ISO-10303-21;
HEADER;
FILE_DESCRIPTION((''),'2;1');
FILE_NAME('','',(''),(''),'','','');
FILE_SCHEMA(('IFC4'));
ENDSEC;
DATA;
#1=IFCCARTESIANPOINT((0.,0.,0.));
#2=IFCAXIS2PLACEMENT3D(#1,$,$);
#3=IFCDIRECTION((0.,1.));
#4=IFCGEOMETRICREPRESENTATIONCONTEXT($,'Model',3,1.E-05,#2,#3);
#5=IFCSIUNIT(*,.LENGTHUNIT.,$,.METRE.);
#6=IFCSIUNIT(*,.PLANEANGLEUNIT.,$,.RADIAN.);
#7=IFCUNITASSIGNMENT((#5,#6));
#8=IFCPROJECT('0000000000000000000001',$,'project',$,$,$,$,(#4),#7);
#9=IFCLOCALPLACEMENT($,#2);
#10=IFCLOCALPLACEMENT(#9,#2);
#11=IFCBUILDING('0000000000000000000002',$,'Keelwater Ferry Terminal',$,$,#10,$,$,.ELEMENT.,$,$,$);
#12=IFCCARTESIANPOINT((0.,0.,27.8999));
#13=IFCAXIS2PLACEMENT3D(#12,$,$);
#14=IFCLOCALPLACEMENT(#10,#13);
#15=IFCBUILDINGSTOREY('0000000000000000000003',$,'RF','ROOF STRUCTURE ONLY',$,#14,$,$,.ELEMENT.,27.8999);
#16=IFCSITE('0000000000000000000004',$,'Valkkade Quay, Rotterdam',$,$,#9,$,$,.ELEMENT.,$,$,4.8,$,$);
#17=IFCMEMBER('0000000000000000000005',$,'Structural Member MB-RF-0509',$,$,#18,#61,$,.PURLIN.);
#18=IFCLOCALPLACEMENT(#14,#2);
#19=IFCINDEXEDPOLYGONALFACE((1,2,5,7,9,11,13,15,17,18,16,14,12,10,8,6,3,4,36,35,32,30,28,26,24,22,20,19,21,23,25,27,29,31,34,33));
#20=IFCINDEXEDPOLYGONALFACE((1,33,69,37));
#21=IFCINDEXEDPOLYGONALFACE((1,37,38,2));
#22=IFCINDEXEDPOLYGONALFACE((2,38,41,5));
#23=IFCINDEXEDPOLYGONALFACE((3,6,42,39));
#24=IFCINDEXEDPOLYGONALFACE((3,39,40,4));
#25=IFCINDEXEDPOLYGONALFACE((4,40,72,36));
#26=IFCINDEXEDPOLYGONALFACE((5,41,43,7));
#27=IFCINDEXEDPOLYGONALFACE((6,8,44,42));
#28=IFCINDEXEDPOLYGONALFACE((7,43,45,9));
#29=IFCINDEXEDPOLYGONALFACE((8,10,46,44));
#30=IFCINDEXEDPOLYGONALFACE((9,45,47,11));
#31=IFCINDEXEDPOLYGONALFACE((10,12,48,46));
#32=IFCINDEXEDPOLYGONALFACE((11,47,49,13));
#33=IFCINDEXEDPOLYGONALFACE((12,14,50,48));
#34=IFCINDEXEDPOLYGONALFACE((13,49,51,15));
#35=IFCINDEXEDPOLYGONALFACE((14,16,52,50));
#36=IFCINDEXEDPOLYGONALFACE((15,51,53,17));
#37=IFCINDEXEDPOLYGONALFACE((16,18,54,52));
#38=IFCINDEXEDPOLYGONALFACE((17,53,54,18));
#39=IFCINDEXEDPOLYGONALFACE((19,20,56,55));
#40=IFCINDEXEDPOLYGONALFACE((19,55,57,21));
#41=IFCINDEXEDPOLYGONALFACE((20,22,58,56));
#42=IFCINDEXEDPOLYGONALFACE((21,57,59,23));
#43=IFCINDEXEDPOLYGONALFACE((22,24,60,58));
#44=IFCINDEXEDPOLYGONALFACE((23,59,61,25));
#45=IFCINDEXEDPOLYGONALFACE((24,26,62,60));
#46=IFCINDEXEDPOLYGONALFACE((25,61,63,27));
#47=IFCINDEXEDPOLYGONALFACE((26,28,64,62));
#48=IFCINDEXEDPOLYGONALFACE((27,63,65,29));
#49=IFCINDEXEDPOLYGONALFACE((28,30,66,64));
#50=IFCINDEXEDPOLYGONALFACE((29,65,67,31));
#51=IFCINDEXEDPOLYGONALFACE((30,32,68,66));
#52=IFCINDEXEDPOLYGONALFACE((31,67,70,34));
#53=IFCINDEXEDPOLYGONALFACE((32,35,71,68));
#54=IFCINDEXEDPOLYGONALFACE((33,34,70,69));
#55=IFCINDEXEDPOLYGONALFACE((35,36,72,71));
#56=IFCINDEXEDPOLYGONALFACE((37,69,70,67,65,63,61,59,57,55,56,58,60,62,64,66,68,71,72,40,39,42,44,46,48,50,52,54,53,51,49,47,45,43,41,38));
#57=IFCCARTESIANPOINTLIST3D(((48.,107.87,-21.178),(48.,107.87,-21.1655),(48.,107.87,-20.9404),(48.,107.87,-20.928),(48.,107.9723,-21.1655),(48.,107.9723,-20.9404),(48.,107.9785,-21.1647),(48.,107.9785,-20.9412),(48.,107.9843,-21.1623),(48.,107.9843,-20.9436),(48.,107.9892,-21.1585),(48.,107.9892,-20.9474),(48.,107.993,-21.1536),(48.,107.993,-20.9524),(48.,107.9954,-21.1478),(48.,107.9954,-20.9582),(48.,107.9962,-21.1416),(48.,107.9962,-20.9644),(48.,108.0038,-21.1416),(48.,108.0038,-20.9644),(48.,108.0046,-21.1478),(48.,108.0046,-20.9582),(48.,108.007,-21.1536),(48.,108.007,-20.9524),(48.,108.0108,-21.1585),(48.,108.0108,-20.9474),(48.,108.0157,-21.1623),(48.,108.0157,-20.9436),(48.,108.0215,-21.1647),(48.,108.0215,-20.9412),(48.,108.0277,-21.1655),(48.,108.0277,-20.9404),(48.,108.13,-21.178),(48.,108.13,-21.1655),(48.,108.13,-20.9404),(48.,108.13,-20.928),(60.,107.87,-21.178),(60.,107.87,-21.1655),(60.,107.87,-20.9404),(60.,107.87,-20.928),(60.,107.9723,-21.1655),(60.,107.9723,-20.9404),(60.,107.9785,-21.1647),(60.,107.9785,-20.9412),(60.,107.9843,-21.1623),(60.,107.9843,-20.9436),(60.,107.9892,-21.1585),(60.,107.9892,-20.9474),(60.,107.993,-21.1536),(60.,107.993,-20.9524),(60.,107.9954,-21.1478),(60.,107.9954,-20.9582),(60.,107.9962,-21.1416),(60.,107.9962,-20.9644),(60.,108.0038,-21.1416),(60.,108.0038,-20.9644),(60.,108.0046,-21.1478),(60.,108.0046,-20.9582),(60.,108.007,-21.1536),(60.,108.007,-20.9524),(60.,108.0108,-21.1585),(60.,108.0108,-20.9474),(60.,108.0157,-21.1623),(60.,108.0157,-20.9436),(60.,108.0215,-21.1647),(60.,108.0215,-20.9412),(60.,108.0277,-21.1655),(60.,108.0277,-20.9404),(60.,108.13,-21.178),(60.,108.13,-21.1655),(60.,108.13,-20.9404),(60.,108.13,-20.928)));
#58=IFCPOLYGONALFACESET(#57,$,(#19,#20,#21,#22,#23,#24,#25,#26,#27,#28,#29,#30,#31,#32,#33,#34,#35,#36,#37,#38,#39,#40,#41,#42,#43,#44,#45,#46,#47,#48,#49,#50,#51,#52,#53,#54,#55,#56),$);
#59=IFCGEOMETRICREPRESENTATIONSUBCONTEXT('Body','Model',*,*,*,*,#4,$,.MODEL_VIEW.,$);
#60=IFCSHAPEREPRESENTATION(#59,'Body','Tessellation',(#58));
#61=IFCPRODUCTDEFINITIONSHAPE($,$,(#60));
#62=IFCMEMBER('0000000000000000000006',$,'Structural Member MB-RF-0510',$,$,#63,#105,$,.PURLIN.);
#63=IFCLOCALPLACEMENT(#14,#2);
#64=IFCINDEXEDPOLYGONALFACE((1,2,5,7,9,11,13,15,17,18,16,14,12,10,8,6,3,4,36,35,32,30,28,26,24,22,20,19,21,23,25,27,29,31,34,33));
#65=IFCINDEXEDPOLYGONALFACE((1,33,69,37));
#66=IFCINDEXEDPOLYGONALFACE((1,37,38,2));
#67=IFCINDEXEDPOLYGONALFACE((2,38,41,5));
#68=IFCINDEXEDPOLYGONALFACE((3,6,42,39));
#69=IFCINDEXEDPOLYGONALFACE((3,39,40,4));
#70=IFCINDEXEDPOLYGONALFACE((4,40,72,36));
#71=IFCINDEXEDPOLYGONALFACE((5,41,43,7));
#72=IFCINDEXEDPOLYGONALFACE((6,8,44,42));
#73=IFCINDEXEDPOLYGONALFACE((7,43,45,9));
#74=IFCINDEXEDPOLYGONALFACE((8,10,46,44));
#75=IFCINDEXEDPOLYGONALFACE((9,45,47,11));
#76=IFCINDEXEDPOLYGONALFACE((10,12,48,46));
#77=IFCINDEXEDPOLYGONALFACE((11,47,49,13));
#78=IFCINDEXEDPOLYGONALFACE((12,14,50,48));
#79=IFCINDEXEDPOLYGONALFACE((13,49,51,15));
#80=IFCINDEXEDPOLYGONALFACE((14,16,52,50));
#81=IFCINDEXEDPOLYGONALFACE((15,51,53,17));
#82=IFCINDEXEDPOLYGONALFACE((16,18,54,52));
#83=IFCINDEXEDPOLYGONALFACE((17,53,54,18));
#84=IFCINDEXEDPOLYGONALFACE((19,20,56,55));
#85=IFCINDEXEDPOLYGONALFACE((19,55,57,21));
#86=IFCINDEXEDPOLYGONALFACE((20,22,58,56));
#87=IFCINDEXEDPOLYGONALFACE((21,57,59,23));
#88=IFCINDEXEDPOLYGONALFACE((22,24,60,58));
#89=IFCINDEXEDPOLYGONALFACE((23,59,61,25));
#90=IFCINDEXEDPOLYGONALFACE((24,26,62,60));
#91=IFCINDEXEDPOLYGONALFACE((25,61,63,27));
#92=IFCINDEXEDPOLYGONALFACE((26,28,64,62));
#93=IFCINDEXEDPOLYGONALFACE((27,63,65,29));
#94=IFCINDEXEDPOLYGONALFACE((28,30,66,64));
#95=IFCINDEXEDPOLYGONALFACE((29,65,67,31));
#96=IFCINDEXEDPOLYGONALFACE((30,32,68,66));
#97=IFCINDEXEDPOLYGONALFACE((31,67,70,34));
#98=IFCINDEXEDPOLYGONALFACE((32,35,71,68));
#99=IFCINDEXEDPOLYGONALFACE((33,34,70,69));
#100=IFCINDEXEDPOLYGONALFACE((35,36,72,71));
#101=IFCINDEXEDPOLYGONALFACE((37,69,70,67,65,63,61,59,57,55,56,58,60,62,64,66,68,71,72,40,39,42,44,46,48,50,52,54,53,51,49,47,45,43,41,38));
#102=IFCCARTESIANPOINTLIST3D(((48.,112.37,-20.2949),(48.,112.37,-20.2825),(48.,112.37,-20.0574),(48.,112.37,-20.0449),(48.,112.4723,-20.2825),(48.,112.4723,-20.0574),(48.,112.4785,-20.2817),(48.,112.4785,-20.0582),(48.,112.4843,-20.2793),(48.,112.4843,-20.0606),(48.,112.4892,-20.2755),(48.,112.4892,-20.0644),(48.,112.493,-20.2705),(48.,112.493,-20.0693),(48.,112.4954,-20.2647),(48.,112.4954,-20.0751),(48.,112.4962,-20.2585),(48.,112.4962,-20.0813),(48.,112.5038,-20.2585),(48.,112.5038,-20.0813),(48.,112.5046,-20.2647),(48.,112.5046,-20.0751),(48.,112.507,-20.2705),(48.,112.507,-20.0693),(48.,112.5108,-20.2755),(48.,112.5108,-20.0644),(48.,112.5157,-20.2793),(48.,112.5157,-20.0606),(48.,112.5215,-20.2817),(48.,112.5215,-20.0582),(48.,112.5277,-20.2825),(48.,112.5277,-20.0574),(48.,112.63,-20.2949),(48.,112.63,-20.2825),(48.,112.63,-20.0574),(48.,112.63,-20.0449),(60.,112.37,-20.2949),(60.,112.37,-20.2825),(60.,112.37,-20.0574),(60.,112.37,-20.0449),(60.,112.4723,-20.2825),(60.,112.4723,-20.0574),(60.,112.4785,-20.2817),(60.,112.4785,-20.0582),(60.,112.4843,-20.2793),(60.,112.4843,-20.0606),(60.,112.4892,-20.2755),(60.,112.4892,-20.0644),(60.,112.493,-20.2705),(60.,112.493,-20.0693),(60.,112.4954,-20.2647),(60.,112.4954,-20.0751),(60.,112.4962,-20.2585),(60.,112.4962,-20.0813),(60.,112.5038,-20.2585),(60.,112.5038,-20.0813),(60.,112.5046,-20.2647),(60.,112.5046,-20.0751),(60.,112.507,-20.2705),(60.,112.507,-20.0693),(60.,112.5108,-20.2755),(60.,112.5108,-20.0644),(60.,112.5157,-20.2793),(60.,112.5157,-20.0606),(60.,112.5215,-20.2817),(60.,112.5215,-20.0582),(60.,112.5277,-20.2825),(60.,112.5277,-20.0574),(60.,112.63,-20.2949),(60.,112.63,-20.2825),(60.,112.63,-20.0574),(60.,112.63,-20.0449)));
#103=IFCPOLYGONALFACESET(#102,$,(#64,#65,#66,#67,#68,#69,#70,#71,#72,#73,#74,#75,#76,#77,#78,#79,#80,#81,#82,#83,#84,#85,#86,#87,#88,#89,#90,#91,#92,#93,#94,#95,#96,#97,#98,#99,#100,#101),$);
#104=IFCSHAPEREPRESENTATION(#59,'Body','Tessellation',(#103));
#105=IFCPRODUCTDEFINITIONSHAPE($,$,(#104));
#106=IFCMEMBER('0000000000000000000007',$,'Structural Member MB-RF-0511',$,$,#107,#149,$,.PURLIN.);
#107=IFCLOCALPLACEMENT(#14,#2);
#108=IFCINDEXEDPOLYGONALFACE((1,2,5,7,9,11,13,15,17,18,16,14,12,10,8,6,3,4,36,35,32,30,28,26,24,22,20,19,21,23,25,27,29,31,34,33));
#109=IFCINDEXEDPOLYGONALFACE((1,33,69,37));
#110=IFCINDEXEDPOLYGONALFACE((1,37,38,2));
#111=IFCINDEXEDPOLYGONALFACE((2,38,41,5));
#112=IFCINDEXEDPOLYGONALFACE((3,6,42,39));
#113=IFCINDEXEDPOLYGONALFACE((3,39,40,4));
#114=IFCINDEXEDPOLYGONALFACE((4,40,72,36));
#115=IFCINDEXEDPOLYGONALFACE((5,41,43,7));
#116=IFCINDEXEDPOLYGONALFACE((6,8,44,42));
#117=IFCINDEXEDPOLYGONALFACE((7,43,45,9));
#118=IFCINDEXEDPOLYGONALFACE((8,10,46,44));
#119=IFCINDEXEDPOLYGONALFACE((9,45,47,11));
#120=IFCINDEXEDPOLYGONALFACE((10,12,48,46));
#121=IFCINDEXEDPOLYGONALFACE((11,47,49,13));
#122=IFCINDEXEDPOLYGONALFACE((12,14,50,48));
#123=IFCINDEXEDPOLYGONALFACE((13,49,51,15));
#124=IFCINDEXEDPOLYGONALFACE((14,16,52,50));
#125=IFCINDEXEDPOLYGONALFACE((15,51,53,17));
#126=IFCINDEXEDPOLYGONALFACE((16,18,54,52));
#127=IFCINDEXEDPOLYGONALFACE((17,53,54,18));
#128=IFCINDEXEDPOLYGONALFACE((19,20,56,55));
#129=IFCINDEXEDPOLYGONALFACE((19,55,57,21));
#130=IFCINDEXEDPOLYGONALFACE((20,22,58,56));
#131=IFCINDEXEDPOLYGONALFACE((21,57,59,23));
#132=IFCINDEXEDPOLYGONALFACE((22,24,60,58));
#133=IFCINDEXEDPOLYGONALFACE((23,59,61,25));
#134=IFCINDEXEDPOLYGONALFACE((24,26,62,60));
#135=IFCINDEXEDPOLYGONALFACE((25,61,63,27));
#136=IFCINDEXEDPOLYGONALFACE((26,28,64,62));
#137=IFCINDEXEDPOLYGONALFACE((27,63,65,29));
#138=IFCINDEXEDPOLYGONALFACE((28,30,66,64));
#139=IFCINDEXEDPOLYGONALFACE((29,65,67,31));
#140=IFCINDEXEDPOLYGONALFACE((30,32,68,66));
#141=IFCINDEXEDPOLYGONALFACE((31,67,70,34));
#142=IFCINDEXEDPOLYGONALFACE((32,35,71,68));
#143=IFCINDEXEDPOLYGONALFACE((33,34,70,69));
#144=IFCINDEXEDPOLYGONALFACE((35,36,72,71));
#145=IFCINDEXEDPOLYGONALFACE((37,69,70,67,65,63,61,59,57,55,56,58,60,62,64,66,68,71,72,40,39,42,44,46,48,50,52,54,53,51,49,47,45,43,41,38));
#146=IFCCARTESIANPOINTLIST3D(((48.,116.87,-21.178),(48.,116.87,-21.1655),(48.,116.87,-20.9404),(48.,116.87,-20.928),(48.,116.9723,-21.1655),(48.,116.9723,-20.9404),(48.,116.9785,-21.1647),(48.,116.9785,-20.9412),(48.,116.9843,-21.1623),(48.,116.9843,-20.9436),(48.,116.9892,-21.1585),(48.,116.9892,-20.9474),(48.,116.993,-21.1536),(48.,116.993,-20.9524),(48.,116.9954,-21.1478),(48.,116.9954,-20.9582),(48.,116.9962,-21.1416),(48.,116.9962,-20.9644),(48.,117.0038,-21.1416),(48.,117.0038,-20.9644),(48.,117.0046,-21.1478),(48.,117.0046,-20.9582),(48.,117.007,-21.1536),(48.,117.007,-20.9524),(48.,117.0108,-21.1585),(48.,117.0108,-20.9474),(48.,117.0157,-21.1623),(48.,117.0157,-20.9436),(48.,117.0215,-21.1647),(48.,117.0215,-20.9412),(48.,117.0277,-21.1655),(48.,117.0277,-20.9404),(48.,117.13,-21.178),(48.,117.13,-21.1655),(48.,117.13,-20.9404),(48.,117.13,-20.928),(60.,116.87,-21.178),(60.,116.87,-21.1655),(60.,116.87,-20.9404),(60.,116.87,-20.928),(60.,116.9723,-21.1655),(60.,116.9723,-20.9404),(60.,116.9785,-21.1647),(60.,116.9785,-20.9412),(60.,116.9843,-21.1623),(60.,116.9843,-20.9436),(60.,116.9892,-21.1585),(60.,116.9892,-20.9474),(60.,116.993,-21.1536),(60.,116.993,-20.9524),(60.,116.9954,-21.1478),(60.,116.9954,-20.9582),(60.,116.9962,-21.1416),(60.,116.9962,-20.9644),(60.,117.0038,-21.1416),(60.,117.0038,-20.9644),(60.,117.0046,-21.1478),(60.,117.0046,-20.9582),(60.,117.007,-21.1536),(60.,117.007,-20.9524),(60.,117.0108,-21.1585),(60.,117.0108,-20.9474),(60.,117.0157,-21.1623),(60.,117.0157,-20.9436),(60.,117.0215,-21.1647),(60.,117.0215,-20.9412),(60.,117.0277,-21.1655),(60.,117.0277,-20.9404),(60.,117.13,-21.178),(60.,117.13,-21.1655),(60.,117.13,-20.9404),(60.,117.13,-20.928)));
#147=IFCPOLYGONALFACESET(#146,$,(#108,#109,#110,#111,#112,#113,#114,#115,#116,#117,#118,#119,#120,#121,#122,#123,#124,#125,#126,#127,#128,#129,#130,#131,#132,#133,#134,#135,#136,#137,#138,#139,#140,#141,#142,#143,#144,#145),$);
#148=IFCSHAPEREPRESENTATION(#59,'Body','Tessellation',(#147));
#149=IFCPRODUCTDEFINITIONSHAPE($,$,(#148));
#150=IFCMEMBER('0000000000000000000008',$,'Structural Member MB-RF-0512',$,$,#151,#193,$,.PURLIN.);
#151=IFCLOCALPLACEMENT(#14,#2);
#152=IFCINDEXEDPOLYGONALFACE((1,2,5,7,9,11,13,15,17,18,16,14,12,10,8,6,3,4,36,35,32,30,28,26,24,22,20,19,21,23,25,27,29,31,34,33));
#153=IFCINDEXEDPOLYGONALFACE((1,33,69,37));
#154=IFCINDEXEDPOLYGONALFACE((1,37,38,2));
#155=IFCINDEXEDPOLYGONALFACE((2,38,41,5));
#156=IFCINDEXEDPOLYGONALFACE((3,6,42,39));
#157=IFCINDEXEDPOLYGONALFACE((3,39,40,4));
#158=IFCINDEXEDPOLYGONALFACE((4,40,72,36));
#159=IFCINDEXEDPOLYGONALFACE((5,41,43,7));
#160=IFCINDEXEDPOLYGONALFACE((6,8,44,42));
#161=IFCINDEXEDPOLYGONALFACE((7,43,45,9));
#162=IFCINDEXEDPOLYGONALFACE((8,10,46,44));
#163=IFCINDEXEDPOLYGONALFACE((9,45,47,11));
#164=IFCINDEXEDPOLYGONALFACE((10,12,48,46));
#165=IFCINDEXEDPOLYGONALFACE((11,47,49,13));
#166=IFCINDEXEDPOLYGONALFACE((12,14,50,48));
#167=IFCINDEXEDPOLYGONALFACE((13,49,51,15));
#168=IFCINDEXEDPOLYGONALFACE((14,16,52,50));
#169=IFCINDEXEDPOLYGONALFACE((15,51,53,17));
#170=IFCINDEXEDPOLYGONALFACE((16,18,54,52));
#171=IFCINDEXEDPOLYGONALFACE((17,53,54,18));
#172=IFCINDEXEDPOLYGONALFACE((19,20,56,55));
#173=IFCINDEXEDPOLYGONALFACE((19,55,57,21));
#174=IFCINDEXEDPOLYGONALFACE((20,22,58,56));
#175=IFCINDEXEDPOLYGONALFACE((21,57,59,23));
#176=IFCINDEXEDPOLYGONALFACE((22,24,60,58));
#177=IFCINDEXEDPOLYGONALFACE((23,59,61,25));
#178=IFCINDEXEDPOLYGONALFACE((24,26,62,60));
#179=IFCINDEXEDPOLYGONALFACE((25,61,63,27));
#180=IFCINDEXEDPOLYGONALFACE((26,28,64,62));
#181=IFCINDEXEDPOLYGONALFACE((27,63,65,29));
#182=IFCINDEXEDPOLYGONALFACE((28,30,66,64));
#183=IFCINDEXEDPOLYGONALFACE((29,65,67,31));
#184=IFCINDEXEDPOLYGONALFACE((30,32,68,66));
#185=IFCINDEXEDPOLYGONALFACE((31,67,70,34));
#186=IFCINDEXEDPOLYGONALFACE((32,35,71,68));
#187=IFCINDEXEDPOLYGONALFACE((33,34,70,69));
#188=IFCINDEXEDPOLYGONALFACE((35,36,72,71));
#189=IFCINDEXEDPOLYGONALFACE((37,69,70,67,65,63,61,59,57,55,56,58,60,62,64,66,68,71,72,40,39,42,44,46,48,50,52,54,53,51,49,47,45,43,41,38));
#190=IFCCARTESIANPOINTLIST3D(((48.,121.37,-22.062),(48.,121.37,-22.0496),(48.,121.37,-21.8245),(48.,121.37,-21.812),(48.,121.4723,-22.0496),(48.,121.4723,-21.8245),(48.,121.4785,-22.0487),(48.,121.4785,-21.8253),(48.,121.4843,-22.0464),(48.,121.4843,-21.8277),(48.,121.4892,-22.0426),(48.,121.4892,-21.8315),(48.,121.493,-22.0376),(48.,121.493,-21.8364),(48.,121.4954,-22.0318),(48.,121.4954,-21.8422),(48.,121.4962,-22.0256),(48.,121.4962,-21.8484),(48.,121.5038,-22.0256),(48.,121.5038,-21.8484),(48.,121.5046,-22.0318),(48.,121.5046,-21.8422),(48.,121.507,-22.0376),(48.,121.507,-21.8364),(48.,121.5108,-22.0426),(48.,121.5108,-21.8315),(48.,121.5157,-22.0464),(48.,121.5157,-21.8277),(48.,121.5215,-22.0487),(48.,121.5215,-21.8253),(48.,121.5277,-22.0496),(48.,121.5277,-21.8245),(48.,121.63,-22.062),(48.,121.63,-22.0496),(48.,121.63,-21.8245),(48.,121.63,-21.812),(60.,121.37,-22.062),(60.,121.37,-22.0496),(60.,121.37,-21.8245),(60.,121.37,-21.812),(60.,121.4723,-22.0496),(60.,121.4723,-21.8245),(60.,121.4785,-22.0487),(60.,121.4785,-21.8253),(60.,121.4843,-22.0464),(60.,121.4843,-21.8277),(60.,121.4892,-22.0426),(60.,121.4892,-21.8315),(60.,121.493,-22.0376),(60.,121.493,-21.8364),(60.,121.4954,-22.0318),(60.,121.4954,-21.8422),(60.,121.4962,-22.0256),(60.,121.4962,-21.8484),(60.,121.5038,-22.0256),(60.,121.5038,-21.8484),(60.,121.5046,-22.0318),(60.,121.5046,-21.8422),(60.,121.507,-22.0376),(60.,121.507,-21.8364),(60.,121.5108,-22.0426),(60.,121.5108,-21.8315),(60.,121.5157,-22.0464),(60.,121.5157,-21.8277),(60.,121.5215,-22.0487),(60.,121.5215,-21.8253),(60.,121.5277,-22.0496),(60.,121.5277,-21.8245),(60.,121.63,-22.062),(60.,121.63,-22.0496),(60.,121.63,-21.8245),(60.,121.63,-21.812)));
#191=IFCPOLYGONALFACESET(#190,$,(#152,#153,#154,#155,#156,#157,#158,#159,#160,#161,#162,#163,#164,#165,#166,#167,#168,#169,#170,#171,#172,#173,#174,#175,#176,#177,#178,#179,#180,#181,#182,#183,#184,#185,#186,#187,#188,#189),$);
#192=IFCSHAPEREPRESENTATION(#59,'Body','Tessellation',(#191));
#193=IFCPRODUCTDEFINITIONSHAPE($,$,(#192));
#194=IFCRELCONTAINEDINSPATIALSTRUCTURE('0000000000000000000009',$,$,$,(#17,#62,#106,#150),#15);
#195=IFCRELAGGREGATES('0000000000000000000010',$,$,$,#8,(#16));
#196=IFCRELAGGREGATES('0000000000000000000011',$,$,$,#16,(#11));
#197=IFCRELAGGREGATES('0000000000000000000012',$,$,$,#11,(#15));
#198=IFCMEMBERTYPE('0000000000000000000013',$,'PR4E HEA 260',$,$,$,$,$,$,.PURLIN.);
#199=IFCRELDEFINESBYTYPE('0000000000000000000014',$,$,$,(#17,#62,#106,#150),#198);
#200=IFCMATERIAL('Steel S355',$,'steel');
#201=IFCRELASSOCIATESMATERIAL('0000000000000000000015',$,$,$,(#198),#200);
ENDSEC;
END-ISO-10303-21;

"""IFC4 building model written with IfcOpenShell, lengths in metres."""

from ifc_helpers import new_model, si_unit, direction, frame, origin, origin_2d, place, context, subcontext, project, spatial, i_section, extrude, material, material_profile, profile_set, type_object, element, save


model = new_model("IFC4")

# Units and contexts
model_context = context("Model", 3, precision=1e-05, world=origin(), true_north=direction((0.0, 1.0)))
body_context = subcontext(model_context, "Body", "Model", "MODEL_VIEW")
ifc_project = project(units=[si_unit("LENGTHUNIT", "METRE"), si_unit("PLANEANGLEUNIT", "RADIAN")], contexts=[model_context])

# Site, building, storey
site_placement = place(None, origin())
site = spatial("IfcSite", under=ifc_project, at=site_placement, Name="Valkkade Quay, Rotterdam", CompositionType="ELEMENT", RefElevation=4.8)
building_placement = place(site_placement, origin())
building = spatial("IfcBuilding", under=site, at=building_placement, Name="Keelwater Ferry Terminal", CompositionType="ELEMENT")
storey_placement = place(building_placement, frame((0.0, 0.0, 27.8999)))
storey = spatial("IfcBuildingStorey", under=building, at=storey_placement, Name="RF", Description="ROOF STRUCTURE ONLY", CompositionType="ELEMENT", Elevation=27.8999)

# Members
ifc_material_1 = material(Name="Steel S355", Category="steel")
ifc_material_profile_1 = material_profile(ifc_material_1, i_section(OverallWidth=0.26, OverallDepth=0.25, WebThickness=0.0076, FlangeThickness=0.0125, FilletRadius=0.0239, at=origin_2d()), Name="HEA 260")
ifc_profile_set_1 = profile_set([ifc_material_profile_1], Name="Steel S355")
member_type_1 = type_object("IfcMemberType", Name="PR4E HEA 260", PredefinedType="PURLIN", material=ifc_profile_set_1)
for number, where, z_axis, x_axis, name in (
    (1, (48.0, 108.0, -21.053), (1.0, 0.0, 0.0), (0.0, 1.0, 0.0), "Structural Member MB-RF-0509"),
    (2, (48.0, 112.5, -20.1699), (1.0, 0.0, 0.0), (0.0, 1.0, 0.0), "Structural Member MB-RF-0510"),
    (3, (48.0, 117.0, -21.053), (1.0, 0.0, 0.0), (0.0, 1.0, 0.0), "Structural Member MB-RF-0511"),
    (4, (48.0, 121.5, -21.937), (1.0, 0.0, 0.0), (0.0, 1.0, 0.0), "Structural Member MB-RF-0512"),
):
    element("IfcMember", number, at=place(storey_placement, frame(where, z_axis=z_axis, x_axis=x_axis)), inside=storey, type_object=member_type_1, Name=name, PredefinedType="PURLIN", context=body_context, shape_type="SweptSolid", body=[
        extrude(i_section(OverallWidth=0.26, OverallDepth=0.25, WebThickness=0.0076, FlangeThickness=0.0125, FilletRadius=0.0239, at=origin_2d()), origin(), (0.0, 0.0, 1.0), 12.0),
    ])

save(model, "model.ifc")
